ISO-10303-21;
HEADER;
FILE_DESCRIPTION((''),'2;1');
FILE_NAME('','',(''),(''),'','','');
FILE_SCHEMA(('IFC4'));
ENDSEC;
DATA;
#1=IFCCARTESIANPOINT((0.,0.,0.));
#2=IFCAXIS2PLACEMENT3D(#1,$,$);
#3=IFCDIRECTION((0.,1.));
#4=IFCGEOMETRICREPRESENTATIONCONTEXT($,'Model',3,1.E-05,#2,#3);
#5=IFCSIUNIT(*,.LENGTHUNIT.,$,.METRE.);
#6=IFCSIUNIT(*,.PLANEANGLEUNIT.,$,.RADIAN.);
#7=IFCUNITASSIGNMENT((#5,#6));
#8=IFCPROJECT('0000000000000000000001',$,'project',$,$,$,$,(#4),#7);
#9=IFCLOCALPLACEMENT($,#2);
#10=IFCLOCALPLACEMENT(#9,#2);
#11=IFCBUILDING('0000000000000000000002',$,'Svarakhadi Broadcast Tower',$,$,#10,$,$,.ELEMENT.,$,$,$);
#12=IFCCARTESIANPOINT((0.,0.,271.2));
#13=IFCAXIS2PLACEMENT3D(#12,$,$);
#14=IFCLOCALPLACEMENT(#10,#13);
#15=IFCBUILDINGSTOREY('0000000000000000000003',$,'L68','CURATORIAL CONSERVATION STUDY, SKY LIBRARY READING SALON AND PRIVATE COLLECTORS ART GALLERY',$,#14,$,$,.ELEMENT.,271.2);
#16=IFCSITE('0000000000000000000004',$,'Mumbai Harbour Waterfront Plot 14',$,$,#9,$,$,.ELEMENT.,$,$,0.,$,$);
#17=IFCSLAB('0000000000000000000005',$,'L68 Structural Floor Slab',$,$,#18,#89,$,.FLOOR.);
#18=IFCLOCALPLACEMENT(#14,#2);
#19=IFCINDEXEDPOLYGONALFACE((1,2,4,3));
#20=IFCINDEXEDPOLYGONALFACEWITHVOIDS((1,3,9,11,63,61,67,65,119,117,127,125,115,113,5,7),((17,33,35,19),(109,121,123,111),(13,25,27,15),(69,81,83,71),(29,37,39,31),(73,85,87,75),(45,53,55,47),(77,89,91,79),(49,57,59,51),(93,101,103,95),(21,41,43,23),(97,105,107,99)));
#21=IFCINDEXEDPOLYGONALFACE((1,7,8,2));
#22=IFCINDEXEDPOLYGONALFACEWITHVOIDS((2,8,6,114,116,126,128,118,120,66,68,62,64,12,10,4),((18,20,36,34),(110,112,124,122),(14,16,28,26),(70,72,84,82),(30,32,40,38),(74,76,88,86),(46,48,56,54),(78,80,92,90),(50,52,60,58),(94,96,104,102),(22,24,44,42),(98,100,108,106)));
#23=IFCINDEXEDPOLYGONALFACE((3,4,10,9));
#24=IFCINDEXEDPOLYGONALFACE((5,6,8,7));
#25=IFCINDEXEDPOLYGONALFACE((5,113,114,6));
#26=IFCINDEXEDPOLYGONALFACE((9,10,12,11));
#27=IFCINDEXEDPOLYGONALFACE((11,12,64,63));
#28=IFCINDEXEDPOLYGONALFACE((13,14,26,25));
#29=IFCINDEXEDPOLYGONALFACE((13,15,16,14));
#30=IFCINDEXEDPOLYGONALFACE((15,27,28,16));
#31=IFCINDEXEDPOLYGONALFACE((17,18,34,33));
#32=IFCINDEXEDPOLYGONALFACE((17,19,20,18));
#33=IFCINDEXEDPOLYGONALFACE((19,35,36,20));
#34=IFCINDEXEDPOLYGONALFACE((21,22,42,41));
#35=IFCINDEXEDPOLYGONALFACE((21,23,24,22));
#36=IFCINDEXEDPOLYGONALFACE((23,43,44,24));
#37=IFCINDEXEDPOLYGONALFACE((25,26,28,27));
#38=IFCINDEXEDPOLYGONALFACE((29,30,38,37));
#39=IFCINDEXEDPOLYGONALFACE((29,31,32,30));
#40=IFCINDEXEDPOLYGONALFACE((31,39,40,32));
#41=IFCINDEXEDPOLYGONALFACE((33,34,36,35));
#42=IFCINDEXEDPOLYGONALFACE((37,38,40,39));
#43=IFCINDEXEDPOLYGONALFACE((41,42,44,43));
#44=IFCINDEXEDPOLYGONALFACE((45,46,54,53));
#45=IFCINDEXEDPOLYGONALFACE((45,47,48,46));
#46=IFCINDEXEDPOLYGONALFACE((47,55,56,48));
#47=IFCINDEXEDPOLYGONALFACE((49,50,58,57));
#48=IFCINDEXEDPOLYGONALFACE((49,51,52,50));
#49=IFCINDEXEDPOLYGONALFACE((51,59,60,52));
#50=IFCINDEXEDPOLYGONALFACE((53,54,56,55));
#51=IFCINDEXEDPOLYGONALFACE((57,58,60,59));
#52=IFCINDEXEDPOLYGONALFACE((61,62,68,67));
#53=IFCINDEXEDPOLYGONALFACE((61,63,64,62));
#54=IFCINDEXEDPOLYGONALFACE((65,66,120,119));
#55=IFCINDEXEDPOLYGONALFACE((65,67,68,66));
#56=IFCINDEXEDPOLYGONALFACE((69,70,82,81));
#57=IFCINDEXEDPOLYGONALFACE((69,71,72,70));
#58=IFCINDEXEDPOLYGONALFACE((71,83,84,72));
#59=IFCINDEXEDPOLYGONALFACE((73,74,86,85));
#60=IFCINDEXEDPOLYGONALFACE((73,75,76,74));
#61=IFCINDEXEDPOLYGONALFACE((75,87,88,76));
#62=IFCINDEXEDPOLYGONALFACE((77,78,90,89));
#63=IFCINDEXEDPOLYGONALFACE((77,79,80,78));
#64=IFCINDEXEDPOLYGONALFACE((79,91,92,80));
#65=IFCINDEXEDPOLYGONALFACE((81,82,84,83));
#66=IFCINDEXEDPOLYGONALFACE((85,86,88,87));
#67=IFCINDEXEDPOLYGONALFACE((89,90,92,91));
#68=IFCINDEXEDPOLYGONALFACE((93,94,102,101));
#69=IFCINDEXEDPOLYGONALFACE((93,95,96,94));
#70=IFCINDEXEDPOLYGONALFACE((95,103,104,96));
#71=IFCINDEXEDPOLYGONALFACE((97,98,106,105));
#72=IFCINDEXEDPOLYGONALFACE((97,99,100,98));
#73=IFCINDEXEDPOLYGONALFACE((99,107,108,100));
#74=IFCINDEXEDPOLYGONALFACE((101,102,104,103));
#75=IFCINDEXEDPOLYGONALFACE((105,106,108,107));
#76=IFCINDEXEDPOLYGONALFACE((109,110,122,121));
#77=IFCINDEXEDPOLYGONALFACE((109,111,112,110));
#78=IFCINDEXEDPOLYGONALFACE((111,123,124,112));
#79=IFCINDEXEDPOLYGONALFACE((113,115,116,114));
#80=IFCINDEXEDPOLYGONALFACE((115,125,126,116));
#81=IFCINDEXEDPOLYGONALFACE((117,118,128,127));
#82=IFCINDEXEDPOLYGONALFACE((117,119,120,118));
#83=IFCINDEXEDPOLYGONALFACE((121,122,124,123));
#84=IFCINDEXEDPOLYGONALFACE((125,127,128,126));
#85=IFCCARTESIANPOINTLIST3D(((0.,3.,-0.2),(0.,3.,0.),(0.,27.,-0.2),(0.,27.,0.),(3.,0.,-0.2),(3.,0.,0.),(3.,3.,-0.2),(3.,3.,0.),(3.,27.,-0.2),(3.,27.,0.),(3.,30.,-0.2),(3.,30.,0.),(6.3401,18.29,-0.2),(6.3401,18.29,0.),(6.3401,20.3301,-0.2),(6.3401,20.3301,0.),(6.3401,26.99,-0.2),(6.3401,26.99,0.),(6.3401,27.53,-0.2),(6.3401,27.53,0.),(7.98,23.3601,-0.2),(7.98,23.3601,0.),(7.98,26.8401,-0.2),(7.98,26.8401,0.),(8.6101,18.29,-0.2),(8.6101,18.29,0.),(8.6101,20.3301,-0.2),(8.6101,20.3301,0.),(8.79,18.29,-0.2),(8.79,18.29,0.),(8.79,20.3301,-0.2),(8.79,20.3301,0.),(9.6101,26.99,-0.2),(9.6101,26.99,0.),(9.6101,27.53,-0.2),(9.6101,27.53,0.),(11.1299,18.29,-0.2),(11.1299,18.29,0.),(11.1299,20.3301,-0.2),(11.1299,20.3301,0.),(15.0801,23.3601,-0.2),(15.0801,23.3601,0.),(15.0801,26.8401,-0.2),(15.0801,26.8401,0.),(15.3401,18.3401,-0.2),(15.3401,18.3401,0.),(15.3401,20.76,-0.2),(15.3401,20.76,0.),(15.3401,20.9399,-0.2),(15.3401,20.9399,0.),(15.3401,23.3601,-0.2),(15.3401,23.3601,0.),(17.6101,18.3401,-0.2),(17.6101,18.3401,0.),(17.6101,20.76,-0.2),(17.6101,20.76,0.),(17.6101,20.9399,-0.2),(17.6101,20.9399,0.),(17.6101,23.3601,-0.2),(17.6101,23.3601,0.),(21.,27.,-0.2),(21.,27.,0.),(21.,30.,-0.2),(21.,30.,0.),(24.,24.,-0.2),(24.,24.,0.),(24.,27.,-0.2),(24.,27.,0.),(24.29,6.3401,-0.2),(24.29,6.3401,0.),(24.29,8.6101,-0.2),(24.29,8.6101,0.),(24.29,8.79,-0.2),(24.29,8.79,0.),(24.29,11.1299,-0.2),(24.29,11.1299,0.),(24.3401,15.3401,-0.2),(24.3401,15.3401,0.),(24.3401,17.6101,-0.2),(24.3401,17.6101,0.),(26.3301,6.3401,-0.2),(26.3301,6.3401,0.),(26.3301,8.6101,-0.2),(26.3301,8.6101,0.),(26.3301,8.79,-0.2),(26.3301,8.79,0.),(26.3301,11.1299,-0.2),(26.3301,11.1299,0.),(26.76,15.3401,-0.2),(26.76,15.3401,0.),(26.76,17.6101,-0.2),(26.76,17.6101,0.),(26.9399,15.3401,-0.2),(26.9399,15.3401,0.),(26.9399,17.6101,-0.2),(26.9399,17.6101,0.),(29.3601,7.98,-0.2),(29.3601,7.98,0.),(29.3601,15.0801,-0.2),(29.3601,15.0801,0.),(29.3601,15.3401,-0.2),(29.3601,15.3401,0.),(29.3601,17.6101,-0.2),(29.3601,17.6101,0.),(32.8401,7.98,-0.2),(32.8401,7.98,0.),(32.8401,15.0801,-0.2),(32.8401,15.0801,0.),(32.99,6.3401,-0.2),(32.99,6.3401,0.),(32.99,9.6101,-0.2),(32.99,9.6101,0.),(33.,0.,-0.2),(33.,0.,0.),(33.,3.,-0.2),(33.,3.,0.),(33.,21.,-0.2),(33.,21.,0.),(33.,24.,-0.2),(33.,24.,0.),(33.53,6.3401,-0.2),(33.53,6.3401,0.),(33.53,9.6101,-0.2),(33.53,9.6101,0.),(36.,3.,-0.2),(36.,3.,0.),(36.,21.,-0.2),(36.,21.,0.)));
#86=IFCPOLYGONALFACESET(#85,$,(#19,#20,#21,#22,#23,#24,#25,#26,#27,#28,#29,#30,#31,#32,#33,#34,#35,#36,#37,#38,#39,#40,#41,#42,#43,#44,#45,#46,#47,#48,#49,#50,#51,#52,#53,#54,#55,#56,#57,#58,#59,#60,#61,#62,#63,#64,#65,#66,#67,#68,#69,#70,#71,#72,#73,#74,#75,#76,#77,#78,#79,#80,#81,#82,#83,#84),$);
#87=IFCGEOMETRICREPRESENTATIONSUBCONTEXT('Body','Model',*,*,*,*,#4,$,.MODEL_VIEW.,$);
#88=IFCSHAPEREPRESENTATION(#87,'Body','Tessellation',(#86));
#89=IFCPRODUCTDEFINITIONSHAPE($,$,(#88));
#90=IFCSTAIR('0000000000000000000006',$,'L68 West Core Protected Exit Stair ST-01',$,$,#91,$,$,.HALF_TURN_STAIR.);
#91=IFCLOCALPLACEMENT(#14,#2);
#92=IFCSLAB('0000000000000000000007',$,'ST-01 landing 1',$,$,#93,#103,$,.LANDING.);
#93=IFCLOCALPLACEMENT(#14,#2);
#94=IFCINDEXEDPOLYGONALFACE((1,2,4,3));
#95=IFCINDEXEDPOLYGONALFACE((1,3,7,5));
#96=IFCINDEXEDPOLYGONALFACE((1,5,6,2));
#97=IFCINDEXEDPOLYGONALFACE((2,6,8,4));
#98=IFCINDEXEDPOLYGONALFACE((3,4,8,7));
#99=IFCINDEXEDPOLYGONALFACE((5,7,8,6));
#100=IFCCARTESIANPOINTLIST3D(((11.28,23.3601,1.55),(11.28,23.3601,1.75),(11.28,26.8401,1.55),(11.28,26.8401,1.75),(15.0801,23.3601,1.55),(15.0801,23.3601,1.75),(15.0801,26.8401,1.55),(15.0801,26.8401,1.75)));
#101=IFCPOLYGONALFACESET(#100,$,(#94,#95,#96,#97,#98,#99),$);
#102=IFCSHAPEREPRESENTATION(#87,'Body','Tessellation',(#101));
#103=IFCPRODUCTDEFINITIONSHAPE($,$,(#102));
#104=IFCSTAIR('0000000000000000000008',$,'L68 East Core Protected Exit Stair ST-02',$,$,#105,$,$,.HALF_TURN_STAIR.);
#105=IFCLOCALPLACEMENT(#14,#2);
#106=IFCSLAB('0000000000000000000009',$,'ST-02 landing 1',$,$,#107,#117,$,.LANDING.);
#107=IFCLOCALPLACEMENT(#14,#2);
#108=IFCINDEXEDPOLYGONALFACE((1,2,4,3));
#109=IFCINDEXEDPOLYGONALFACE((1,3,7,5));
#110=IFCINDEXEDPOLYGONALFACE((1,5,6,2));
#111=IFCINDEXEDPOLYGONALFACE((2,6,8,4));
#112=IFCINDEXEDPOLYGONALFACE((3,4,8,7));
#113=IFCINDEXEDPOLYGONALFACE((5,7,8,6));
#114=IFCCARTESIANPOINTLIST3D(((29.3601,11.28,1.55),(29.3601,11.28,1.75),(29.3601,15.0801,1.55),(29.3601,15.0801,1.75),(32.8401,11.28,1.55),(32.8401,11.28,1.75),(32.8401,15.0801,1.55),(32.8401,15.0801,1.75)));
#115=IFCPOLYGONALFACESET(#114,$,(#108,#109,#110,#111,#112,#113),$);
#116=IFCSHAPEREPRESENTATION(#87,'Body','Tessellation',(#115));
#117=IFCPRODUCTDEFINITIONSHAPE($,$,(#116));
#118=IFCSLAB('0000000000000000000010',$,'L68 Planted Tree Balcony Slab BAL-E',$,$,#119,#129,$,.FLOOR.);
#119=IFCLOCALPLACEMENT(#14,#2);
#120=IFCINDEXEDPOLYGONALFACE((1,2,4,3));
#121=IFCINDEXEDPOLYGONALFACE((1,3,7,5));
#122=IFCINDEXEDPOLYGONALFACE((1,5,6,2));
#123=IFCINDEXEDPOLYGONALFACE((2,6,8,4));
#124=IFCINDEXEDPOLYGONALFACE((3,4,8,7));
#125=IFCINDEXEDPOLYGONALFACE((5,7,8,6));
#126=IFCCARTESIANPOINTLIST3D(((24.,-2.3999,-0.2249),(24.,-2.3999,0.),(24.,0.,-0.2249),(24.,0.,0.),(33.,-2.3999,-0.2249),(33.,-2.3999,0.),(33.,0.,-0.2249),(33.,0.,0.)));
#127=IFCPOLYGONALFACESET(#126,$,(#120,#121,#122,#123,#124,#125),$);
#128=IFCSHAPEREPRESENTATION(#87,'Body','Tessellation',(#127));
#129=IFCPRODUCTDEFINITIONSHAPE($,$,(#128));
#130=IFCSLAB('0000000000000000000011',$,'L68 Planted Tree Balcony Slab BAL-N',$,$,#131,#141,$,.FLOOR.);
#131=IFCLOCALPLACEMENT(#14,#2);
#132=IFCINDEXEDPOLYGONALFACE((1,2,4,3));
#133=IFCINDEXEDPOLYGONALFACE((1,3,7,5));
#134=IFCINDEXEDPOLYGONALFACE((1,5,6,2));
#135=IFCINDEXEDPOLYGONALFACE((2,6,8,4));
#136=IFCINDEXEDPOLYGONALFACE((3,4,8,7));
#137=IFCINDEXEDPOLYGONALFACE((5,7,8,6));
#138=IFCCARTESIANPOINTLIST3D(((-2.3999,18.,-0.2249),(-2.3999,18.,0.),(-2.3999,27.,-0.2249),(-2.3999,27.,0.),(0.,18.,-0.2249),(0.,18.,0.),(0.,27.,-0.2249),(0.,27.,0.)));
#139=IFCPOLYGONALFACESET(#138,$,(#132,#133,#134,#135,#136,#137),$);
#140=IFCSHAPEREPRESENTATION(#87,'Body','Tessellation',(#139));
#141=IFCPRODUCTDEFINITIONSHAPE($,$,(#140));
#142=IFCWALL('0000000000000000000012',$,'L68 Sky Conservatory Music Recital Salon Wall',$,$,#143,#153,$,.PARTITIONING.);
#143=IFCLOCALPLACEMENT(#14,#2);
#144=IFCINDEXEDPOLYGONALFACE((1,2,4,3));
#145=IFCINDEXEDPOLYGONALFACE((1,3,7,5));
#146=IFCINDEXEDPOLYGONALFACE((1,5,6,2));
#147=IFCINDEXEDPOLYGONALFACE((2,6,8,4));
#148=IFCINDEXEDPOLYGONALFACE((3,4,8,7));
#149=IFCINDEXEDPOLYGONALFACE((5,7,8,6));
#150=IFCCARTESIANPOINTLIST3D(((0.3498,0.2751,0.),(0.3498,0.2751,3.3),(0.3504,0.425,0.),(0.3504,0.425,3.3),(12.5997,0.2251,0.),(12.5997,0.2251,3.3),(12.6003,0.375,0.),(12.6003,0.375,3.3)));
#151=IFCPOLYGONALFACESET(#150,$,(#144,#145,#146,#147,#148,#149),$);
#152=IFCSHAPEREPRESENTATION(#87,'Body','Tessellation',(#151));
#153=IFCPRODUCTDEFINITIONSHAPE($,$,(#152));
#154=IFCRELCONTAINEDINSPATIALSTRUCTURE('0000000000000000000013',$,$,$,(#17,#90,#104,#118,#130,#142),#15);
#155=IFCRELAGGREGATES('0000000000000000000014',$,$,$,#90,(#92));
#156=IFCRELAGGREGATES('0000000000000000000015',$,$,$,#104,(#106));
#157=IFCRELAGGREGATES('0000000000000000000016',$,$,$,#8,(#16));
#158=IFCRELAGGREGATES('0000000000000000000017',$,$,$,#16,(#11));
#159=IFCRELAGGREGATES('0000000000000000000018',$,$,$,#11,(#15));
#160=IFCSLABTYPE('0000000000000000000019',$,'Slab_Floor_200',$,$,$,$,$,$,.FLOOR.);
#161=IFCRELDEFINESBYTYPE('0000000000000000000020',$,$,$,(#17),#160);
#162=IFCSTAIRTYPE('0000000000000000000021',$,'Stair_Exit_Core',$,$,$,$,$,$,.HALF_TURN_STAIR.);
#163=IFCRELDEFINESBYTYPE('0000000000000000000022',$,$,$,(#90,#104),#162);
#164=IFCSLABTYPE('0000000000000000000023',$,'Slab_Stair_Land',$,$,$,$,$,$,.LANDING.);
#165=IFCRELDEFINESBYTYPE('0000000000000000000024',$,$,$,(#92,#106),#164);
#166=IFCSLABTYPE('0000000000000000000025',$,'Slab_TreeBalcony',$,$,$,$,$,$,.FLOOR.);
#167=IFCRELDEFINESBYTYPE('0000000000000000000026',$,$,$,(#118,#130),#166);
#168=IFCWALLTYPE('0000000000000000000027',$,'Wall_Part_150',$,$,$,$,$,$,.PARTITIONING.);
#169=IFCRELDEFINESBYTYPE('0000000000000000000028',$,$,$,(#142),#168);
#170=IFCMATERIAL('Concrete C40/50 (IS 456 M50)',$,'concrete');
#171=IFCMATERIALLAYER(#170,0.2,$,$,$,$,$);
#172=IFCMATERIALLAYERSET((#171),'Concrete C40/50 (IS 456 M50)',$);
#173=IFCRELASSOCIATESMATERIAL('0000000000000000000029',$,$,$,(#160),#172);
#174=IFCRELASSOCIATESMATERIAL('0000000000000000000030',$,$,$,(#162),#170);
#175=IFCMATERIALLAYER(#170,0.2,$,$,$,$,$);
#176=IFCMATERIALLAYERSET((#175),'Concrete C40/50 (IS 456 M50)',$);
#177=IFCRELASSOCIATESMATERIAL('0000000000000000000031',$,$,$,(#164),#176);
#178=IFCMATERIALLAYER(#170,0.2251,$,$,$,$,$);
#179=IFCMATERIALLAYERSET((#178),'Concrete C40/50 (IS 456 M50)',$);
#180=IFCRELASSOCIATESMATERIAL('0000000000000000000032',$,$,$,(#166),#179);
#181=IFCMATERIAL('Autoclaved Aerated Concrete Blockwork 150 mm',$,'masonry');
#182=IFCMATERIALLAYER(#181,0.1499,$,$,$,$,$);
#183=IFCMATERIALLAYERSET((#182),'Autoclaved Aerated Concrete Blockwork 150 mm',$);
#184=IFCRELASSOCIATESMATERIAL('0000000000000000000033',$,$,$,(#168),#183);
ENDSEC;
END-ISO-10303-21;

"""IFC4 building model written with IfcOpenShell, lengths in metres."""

from ifc_helpers import new_model, si_unit, direction, frame, frame_2d, origin, place, context, subcontext, project, spatial, polyline, rectangle, outline, extrude, material, layer, layer_set, type_object, element, aggregate, save


model = new_model("IFC4")

# Units and contexts
model_context = context("Model", 3, precision=1e-05, world=origin(), true_north=direction((0.0, 1.0)))
body_context = subcontext(model_context, "Body", "Model", "MODEL_VIEW")
ifc_project = project(units=[si_unit("LENGTHUNIT", "METRE"), si_unit("PLANEANGLEUNIT", "RADIAN")], contexts=[model_context])

# Site, building, storey
site_placement = place(None, origin())
site = spatial("IfcSite", under=ifc_project, at=site_placement, Name="Mumbai Harbour Waterfront Plot 14", CompositionType="ELEMENT", RefElevation=0.0)
building_placement = place(site_placement, origin())
building = spatial("IfcBuilding", under=site, at=building_placement, Name="Svarakhadi Broadcast Tower", CompositionType="ELEMENT")
storey_placement = place(building_placement, frame((0.0, 0.0, 271.2)))
storey = spatial("IfcBuildingStorey", under=building, at=storey_placement, Name="L68", Description="CURATORIAL CONSERVATION STUDY, SKY LIBRARY READING SALON AND PRIVATE COLLECTORS ART GALLERY", CompositionType="ELEMENT", Elevation=271.2)

# Slab
ifc_material_1 = material(Name="Concrete C40/50 (IS 456 M50)", Category="concrete")
ifc_layer_1 = layer(ifc_material_1, 0.2)
ifc_layer_set_1 = layer_set([ifc_layer_1], Name="Concrete C40/50 (IS 456 M50)")
slab_type_1 = type_object("IfcSlabType", Name="Slab_Floor_200", PredefinedType="FLOOR", material=ifc_layer_set_1)
slab_1_placement = place(storey_placement, frame((0.0, 0.0, -0.2)))
element("IfcSlab", 1, at=slab_1_placement, inside=storey, type_object=slab_type_1, Name="L68 Structural Floor Slab", PredefinedType="FLOOR", context=body_context, shape_type="SweptSolid", body=[
    extrude(outline(polyline([(3.0, 0.0), (33.0, 0.0), (33.0, 3.0), (36.0, 3.0), (36.0, 21.0), (33.0, 21.0), (33.0, 24.0), (24.0, 24.0), (24.0, 27.0), (21.0, 27.0), (21.0, 30.0), (3.0, 30.0), (3.0, 27.0), (0.0, 27.0), (0.0, 3.0), (3.0, 3.0), (3.0, 0.0)]), holes=[polyline([(7.98, 23.3601), (15.0801, 23.3601), (15.0801, 26.8401), (7.98, 26.8401), (7.98, 23.3601)]), polyline([(32.8401, 7.98), (32.8401, 15.0801), (29.3601, 15.0801), (29.3601, 7.98), (32.8401, 7.98)]), polyline([(6.3401, 18.29), (8.6101, 18.29), (8.6101, 20.3301), (6.3401, 20.3301), (6.3401, 18.29)]), polyline([(8.79, 18.29), (11.1299, 18.29), (11.1299, 20.3301), (8.79, 20.3301), (8.79, 18.29)]), polyline([(24.29, 6.3401), (26.3301, 6.3401), (26.3301, 8.6101), (24.29, 8.6101), (24.29, 6.3401)]), polyline([(24.29, 8.79), (26.3301, 8.79), (26.3301, 11.1299), (24.29, 11.1299), (24.29, 8.79)]), polyline([(6.3401, 26.99), (9.6101, 26.99), (9.6101, 27.53), (6.3401, 27.53), (6.3401, 26.99)]), polyline([(32.99, 6.3401), (33.53, 6.3401), (33.53, 9.6101), (32.99, 9.6101), (32.99, 6.3401)]), polyline([(15.3401, 18.3401), (17.6101, 18.3401), (17.6101, 20.76), (15.3401, 20.76), (15.3401, 18.3401)]), polyline([(15.3401, 20.9399), (17.6101, 20.9399), (17.6101, 23.3601), (15.3401, 23.3601), (15.3401, 20.9399)]), polyline([(24.3401, 15.3401), (26.76, 15.3401), (26.76, 17.6101), (24.3401, 17.6101), (24.3401, 15.3401)]), polyline([(26.9399, 15.3401), (29.3601, 15.3401), (29.3601, 17.6101), (26.9399, 17.6101), (26.9399, 15.3401)])]), origin(), (0.0, 0.0, 1.0), 0.2),
])

# Stairs, slabs
stair_type = type_object("IfcStairType", Name="Stair_Exit_Core", PredefinedType="HALF_TURN_STAIR", material=ifc_material_1)
stair_1_placement = place(storey_placement, origin())
stair_1 = element("IfcStair", 2, at=stair_1_placement, inside=storey, type_object=stair_type, Name="L68 West Core Protected Exit Stair ST-01", PredefinedType="HALF_TURN_STAIR")
ifc_layer_2 = layer(ifc_material_1, 0.2)
ifc_layer_set_2 = layer_set([ifc_layer_2], Name="Concrete C40/50 (IS 456 M50)")
slab_type_2 = type_object("IfcSlabType", Name="Slab_Stair_Land", PredefinedType="LANDING", material=ifc_layer_set_2)
slab_2_placement = place(storey_placement, frame((0.0, 0.0, 1.55)))
slab_2 = element("IfcSlab", 3, at=slab_2_placement, type_object=slab_type_2, Name="ST-01 landing 1", PredefinedType="LANDING", context=body_context, shape_type="SweptSolid", body=[
    extrude(outline(polyline([(11.28, 23.3601), (15.0801, 23.3601), (15.0801, 26.8401), (11.28, 26.8401), (11.28, 23.3601)])), origin(), (0.0, 0.0, 1.0), 0.2),
])
aggregate(stair_1, [slab_2])
stair_2_placement = place(storey_placement, origin())
stair_2 = element("IfcStair", 4, at=stair_2_placement, inside=storey, type_object=stair_type, Name="L68 East Core Protected Exit Stair ST-02", PredefinedType="HALF_TURN_STAIR")
slab_3_placement = place(storey_placement, frame((0.0, 0.0, 1.55)))
slab_3 = element("IfcSlab", 5, at=slab_3_placement, type_object=slab_type_2, Name="ST-02 landing 1", PredefinedType="LANDING", context=body_context, shape_type="SweptSolid", body=[
    extrude(outline(polyline([(32.8401, 11.28), (32.8401, 15.0801), (29.3601, 15.0801), (29.3601, 11.28), (32.8401, 11.28)])), origin(), (0.0, 0.0, 1.0), 0.2),
])
aggregate(stair_2, [slab_3])

# Slabs
ifc_layer_3 = layer(ifc_material_1, 0.2251)
ifc_layer_set_3 = layer_set([ifc_layer_3], Name="Concrete C40/50 (IS 456 M50)")
slab_type_3 = type_object("IfcSlabType", Name="Slab_TreeBalcony", PredefinedType="FLOOR", material=ifc_layer_set_3)
slab_4_placement = place(storey_placement, frame((0.0, 0.0, -0.2249)))
element("IfcSlab", 6, at=slab_4_placement, inside=storey, type_object=slab_type_3, Name="L68 Planted Tree Balcony Slab BAL-E", PredefinedType="FLOOR", context=body_context, shape_type="SweptSolid", body=[
    extrude(outline(polyline([(24.0, -2.3999), (33.0, -2.3999), (33.0, 0.0), (24.0, 0.0), (24.0, -2.3999)])), origin(), (0.0, 0.0, 1.0), 0.2249),
])
slab_5_placement = place(storey_placement, frame((0.0, 0.0, -0.2249)))
element("IfcSlab", 7, at=slab_5_placement, inside=storey, type_object=slab_type_3, Name="L68 Planted Tree Balcony Slab BAL-N", PredefinedType="FLOOR", context=body_context, shape_type="SweptSolid", body=[
    extrude(outline(polyline([(-2.3999, 18.0), (0.0, 18.0), (0.0, 27.0), (-2.3999, 27.0), (-2.3999, 18.0)])), origin(), (0.0, 0.0, 1.0), 0.2249),
])

# Wall
ifc_material_2 = material(Name="Autoclaved Aerated Concrete Blockwork 150 mm", Category="masonry")
ifc_layer_4 = layer(ifc_material_2, 0.1499)
ifc_layer_set_4 = layer_set([ifc_layer_4], Name="Autoclaved Aerated Concrete Blockwork 150 mm")
wall_type = type_object("IfcWallType", Name="Wall_Part_150", PredefinedType="PARTITIONING", material=ifc_layer_set_4)
wall_placement = place(storey_placement, frame((0.3501, 0.3501, 0.0), z_axis=(0.0, 0.0, 1.0), x_axis=(0.999992, -0.004086, 0.0)))
element("IfcWall", 8, at=wall_placement, inside=storey, type_object=wall_type, Name="L68 Sky Conservatory Music Recital Salon Wall", PredefinedType="PARTITIONING", context=body_context, shape_type="SweptSolid", body=[
    extrude(rectangle(XDim=12.25, YDim=0.1499, at=frame_2d((6.125, 0.0))), origin(), (0.0, 0.0, 1.0), 3.3),
])

save(model, "model.ifc")
